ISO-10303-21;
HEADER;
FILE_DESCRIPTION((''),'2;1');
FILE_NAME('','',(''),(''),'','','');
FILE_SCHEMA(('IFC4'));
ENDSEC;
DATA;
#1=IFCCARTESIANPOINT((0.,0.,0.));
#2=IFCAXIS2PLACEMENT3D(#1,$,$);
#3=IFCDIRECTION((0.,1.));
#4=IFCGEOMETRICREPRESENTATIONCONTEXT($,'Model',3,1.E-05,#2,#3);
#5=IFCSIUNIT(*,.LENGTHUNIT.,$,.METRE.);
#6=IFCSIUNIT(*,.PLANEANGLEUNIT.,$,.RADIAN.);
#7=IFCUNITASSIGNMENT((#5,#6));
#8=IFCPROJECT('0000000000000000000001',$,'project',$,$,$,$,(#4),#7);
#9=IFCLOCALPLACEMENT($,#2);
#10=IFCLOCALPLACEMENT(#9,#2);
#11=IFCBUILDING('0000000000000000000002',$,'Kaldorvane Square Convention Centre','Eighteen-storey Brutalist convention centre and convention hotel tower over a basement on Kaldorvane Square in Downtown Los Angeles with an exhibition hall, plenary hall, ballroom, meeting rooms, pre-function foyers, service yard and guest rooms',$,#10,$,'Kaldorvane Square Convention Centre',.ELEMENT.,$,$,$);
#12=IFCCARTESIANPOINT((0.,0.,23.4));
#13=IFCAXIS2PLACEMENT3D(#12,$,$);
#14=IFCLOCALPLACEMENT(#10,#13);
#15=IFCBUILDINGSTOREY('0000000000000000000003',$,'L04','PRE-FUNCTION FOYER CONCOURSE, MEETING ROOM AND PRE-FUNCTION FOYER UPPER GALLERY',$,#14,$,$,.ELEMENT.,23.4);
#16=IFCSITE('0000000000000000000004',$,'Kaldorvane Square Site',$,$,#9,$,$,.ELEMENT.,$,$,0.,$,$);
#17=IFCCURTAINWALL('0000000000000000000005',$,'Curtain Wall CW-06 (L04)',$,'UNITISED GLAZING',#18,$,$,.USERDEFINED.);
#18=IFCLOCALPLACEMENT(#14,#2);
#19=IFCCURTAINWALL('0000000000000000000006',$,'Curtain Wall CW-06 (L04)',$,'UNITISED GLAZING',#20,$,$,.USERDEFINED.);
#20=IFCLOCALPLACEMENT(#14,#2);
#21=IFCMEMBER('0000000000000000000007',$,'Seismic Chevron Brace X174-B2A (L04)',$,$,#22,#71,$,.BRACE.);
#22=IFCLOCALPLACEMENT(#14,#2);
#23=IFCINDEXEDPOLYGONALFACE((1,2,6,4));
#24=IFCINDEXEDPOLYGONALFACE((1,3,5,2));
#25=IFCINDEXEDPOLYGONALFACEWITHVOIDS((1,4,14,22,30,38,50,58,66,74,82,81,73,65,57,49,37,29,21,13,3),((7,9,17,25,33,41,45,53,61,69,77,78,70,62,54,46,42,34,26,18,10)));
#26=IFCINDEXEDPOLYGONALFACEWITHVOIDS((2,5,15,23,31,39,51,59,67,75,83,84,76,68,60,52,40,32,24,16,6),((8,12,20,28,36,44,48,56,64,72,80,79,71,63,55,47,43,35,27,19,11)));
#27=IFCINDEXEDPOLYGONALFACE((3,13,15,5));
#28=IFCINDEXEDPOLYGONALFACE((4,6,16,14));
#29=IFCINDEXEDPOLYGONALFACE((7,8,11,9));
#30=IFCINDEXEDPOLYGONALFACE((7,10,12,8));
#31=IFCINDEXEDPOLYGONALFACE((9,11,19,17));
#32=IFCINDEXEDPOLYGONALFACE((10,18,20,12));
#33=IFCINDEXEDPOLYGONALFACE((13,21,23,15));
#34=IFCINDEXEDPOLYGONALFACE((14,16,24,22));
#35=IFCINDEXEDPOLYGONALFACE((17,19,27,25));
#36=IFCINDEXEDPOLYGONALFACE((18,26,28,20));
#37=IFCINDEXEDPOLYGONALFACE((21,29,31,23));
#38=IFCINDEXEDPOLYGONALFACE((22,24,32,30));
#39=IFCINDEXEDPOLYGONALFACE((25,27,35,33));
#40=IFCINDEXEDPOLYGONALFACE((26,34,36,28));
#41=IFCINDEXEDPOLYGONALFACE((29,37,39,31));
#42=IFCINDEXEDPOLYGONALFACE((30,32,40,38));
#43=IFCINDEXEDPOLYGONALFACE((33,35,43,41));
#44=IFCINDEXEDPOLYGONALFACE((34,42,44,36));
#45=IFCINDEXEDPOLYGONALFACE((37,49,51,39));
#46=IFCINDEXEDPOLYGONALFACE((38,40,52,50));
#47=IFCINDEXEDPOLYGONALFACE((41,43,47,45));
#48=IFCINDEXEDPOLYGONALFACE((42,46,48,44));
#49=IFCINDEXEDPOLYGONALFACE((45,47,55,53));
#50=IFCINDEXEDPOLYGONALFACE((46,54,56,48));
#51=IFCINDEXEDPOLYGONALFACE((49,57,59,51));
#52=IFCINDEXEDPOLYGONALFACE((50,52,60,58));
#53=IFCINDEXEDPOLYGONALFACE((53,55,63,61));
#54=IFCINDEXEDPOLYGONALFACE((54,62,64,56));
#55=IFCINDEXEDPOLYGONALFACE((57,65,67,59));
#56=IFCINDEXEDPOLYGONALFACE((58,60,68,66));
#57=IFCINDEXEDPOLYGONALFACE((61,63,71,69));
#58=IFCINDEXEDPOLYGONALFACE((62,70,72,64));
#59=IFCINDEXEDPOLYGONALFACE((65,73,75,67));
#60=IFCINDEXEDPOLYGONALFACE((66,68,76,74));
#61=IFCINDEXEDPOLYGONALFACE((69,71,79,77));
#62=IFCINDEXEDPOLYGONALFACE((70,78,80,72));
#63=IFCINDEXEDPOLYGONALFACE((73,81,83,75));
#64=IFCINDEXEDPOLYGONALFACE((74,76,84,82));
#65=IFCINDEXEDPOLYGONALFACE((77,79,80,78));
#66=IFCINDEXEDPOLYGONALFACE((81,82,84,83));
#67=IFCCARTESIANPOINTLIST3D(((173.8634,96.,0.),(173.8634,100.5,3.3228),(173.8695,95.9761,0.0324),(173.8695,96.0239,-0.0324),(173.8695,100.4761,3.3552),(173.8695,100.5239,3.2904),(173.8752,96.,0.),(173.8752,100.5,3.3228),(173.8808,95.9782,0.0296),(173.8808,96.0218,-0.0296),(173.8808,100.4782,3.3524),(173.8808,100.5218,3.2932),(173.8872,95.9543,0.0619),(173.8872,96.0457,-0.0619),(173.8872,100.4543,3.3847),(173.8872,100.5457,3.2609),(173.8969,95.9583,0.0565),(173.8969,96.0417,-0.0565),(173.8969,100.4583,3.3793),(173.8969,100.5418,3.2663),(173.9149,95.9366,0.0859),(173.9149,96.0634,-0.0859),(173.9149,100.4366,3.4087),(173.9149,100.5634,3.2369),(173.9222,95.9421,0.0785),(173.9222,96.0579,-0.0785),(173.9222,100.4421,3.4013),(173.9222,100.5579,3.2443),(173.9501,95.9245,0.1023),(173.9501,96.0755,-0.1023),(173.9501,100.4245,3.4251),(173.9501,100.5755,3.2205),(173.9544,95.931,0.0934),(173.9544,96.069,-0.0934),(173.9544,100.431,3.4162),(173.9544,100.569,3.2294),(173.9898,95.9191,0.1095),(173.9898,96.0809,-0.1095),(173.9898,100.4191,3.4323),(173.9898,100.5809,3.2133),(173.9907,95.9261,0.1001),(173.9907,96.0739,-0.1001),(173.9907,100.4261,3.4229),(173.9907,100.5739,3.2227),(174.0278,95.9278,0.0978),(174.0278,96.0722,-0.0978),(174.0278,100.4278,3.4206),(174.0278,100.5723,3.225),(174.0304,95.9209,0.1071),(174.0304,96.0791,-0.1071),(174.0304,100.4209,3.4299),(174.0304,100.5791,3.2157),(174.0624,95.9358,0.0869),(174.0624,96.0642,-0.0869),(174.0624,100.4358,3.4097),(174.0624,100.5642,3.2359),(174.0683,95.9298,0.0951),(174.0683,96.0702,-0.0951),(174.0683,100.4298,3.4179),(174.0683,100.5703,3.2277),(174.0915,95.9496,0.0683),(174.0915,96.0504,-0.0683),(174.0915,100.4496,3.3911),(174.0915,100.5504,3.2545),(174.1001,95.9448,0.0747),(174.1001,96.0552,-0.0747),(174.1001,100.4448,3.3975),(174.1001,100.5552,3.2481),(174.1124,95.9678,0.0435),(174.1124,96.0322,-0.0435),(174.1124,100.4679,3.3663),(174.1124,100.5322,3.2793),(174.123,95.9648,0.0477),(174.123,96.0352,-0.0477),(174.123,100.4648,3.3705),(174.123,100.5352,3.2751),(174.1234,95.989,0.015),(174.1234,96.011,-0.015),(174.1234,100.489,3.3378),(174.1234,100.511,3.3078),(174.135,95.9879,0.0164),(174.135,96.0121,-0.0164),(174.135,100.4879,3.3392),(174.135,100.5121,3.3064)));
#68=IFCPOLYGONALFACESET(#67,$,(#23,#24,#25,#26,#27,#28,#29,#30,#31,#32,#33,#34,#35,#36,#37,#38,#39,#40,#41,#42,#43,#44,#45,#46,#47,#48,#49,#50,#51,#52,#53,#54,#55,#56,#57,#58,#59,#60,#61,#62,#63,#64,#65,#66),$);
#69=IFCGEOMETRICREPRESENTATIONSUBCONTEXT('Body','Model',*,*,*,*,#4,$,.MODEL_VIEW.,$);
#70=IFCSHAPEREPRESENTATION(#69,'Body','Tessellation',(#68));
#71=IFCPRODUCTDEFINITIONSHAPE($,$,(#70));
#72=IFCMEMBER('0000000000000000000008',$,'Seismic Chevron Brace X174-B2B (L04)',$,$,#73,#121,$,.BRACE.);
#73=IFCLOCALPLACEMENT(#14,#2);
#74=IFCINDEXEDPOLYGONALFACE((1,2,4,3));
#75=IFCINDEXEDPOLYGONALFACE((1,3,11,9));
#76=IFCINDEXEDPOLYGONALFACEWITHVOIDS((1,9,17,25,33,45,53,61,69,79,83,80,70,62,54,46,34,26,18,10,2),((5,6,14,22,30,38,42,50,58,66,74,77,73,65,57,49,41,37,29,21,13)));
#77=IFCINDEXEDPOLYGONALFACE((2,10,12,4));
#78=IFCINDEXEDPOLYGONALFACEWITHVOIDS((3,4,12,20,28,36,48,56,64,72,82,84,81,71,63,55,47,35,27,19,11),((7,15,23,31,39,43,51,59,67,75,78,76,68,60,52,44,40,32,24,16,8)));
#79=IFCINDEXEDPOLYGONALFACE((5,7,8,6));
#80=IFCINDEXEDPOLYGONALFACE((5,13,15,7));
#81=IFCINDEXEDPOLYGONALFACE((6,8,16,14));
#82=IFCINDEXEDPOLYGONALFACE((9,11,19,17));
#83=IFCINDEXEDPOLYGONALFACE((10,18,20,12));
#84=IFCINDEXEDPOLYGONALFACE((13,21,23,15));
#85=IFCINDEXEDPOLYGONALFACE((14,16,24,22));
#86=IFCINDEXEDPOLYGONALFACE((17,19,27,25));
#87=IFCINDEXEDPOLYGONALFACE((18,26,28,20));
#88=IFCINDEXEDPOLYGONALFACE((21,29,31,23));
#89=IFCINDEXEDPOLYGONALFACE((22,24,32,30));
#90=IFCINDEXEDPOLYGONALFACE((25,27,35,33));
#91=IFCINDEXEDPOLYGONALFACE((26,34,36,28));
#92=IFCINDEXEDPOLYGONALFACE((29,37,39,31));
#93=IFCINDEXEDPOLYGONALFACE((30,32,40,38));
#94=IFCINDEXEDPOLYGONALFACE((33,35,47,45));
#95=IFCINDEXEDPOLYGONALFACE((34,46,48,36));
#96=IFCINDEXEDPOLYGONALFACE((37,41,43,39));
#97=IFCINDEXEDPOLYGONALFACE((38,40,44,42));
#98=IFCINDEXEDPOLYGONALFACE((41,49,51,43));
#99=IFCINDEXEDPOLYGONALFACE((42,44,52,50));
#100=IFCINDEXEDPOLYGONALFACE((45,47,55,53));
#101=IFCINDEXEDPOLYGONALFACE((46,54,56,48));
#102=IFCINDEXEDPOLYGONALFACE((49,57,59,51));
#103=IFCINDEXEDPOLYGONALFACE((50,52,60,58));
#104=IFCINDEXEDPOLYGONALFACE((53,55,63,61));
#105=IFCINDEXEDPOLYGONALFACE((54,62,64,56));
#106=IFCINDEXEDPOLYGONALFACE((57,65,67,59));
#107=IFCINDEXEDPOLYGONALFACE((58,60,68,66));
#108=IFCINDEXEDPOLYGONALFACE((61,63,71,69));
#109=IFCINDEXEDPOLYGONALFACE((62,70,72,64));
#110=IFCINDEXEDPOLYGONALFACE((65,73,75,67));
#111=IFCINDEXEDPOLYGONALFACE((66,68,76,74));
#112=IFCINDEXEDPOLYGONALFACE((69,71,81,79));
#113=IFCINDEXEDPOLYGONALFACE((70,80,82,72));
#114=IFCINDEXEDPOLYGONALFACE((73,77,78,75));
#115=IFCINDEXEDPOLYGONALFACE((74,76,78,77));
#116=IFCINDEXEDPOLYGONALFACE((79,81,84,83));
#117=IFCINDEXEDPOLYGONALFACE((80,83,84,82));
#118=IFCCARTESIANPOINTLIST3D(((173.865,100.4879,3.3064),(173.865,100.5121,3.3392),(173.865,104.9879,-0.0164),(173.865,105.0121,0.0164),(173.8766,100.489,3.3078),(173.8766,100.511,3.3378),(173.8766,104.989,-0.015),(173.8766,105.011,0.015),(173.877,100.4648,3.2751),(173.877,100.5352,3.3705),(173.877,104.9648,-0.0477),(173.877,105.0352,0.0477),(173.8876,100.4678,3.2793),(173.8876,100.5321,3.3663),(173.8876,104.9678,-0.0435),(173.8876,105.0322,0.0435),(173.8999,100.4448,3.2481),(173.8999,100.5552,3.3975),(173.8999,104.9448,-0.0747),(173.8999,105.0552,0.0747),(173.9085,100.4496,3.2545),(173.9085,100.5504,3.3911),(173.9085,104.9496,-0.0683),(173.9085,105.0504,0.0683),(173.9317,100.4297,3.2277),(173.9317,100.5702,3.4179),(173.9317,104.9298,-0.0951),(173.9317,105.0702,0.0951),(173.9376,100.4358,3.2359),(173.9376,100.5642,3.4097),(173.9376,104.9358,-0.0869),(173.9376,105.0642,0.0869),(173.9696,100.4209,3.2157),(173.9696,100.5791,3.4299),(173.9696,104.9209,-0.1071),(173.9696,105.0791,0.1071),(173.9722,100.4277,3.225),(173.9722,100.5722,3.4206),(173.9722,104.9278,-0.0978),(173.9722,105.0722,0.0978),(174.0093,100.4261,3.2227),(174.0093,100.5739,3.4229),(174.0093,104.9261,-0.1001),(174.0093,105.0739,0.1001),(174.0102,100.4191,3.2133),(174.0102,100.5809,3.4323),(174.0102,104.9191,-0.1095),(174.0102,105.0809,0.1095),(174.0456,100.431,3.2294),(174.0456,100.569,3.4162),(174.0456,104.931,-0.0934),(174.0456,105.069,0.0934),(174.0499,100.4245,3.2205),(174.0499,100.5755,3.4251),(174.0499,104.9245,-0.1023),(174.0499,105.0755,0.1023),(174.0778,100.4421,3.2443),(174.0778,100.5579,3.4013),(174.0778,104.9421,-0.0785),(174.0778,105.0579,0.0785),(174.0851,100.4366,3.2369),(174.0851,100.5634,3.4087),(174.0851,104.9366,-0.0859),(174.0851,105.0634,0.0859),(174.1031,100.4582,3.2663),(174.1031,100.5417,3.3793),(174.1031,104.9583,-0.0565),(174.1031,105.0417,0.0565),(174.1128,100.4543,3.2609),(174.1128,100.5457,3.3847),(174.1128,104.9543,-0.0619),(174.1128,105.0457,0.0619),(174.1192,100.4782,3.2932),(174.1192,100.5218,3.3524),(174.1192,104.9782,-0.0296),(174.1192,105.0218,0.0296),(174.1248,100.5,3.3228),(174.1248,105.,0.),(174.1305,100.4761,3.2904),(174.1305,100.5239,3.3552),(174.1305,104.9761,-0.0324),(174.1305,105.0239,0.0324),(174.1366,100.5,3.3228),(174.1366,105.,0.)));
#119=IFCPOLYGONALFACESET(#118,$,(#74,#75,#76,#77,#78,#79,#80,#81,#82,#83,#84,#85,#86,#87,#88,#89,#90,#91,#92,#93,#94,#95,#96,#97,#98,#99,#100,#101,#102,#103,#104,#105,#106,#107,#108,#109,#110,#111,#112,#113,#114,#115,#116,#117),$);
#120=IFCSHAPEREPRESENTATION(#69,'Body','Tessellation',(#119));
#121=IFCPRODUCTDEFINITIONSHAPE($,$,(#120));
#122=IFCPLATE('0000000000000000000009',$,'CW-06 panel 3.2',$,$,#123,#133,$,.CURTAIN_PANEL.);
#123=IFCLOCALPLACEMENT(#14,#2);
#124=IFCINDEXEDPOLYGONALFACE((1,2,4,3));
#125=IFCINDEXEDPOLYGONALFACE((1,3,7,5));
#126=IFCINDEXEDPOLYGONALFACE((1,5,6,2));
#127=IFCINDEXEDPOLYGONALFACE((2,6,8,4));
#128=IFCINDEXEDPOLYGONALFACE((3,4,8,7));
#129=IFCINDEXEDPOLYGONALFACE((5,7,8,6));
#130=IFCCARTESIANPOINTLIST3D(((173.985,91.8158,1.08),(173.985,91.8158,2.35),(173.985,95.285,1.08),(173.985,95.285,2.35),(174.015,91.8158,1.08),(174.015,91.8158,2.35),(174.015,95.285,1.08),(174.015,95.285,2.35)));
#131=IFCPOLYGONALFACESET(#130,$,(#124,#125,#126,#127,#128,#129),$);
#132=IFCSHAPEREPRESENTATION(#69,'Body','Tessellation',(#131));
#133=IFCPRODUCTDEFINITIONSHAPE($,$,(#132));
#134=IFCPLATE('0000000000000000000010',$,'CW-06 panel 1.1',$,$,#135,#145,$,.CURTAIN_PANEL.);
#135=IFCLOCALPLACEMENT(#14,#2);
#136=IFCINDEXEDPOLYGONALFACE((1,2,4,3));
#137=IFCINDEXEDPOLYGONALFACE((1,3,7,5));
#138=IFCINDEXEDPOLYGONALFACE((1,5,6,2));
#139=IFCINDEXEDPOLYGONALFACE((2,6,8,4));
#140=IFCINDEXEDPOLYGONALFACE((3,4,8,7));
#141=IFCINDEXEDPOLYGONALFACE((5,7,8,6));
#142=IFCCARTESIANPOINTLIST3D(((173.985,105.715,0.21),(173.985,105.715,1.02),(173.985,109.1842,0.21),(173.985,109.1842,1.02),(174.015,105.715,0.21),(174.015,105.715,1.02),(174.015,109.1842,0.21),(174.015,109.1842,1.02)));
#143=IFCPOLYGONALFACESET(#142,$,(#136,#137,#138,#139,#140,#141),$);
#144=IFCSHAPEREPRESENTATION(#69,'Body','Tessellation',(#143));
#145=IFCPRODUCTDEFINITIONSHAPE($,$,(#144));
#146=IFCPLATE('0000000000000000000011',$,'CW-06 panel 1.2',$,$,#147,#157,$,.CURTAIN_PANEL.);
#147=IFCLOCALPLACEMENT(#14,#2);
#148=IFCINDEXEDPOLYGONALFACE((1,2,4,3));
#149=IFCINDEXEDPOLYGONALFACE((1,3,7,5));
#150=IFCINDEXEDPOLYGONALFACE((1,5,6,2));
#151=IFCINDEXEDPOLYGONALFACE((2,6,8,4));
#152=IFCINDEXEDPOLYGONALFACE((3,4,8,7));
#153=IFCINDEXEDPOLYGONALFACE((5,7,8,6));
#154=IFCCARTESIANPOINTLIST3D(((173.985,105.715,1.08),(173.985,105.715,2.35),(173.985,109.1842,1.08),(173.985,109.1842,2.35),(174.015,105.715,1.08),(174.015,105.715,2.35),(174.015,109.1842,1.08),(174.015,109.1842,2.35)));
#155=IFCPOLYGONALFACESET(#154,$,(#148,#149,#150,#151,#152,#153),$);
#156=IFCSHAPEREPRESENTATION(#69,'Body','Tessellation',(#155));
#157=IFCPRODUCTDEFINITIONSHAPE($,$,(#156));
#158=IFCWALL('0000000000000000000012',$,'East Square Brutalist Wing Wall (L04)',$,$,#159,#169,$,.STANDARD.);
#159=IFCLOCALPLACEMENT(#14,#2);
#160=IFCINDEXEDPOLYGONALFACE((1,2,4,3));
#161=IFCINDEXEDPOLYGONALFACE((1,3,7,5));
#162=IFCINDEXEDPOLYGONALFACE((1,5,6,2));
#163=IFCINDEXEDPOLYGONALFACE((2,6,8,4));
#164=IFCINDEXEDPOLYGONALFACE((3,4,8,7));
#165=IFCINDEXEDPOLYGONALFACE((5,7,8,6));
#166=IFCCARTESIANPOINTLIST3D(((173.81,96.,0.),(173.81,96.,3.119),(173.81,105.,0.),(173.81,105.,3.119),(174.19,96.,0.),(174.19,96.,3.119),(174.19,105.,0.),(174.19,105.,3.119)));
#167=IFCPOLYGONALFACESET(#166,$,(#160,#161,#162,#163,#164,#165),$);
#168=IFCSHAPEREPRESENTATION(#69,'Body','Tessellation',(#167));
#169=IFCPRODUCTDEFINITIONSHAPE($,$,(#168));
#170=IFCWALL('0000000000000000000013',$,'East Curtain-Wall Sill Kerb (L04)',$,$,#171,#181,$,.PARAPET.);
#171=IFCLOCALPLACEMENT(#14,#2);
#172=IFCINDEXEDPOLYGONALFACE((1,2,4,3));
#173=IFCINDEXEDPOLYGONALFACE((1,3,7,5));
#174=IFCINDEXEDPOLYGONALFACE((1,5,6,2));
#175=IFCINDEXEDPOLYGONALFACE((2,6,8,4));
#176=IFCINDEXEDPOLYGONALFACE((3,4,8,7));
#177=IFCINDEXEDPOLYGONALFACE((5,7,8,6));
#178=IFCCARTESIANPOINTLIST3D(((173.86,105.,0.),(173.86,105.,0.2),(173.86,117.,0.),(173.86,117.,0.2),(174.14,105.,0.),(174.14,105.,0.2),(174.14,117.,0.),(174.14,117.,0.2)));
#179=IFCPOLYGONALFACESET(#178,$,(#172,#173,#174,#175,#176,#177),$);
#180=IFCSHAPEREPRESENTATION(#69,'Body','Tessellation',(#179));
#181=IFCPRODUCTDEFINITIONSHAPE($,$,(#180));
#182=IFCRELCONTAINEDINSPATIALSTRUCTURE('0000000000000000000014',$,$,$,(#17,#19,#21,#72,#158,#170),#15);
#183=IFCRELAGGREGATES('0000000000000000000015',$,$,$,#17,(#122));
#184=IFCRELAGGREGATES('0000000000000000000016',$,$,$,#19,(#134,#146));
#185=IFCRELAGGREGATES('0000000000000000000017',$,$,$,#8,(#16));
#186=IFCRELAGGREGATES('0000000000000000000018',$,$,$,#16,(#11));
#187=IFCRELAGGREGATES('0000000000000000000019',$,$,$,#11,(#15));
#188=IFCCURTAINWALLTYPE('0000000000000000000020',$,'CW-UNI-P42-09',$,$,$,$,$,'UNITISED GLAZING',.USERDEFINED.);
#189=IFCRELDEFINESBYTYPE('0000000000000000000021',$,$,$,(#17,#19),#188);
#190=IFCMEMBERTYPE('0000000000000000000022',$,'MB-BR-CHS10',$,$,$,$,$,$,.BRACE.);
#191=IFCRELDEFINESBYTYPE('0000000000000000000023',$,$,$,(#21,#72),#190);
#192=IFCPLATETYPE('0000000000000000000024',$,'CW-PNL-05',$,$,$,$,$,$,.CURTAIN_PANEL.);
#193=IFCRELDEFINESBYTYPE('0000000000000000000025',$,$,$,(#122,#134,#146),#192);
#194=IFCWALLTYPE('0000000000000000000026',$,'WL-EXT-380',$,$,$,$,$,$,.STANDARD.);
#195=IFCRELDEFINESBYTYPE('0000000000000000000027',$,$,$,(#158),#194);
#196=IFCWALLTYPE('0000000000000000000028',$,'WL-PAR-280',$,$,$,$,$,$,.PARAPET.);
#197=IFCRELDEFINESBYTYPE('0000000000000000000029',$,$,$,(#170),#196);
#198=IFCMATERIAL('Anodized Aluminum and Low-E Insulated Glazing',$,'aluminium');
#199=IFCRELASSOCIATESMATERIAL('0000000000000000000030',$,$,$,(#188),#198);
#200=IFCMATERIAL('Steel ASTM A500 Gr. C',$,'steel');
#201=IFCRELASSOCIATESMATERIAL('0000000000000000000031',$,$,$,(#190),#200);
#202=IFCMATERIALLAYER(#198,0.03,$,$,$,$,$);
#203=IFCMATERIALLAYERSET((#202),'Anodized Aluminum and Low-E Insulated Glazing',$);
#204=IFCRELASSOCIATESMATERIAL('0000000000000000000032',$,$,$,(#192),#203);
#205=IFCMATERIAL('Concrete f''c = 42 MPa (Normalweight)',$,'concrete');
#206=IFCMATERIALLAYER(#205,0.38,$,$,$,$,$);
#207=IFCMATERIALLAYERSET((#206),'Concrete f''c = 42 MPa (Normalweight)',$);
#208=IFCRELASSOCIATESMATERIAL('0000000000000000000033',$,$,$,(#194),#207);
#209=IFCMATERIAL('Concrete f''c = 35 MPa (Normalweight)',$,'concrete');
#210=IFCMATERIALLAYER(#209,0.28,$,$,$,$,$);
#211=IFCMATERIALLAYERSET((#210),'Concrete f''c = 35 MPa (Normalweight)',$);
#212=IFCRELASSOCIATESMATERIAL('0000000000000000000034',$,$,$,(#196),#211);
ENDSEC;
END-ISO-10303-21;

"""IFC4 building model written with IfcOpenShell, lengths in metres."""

from ifc_helpers import new_model, si_unit, direction, frame, frame_2d, origin, origin_2d, place, context, subcontext, project, spatial, rectangle, hollow_circle, extrude, material, layer, layer_set, material_profile, profile_set, type_object, element, aggregate, save


model = new_model("IFC4")

# Units and contexts
model_context = context("Model", 3, precision=1e-05, world=origin(), true_north=direction((0.0, 1.0)))
body_context = subcontext(model_context, "Body", "Model", "MODEL_VIEW")
ifc_project = project(units=[si_unit("LENGTHUNIT", "METRE"), si_unit("PLANEANGLEUNIT", "RADIAN")], contexts=[model_context])

# Site, building, storey
site_placement = place(None, origin())
site = spatial("IfcSite", under=ifc_project, at=site_placement, Name="Kaldorvane Square Site", CompositionType="ELEMENT", RefElevation=0.0)
building_placement = place(site_placement, origin())
building = spatial("IfcBuilding", under=site, at=building_placement, Name="Kaldorvane Square Convention Centre", Description="Eighteen-storey Brutalist convention centre and convention hotel tower over a basement on Kaldorvane Square in Downtown Los Angeles with an exhibition hall, plenary hall, ballroom, meeting rooms, pre-function foyers, service yard and guest rooms", LongName="Kaldorvane Square Convention Centre", CompositionType="ELEMENT")
storey_placement = place(building_placement, frame((0.0, 0.0, 23.4)))
storey = spatial("IfcBuildingStorey", under=building, at=storey_placement, Name="L04", Description="PRE-FUNCTION FOYER CONCOURSE, MEETING ROOM AND PRE-FUNCTION FOYER UPPER GALLERY", CompositionType="ELEMENT", Elevation=23.4)

# Shared definitions
ifc_material_1 = material(Name="Concrete f'c = 42 MPa (Normalweight)", Category="concrete")

# Shared definitions
ifc_material_2 = material(Name="Steel ASTM A500 Gr. C", Category="steel")

# Curtain wall
ifc_material_3 = material(Name="Anodized Aluminum and Low-E Insulated Glazing", Category="aluminium")
curtain_wall_type = type_object("IfcCurtainWallType", Name="CW-UNI-P42-09", ElementType="UNITISED GLAZING", PredefinedType="USERDEFINED", material=ifc_material_3)
curtain_wall_1_placement = place(storey_placement, origin())
curtain_wall_1 = element("IfcCurtainWall", 1, at=curtain_wall_1_placement, inside=storey, type_object=curtain_wall_type, Name="Curtain Wall CW-06 (L04)", ObjectType="UNITISED GLAZING", PredefinedType="USERDEFINED")

# Curtain wall
curtain_wall_2_placement = place(storey_placement, origin())
curtain_wall_2 = element("IfcCurtainWall", 2, at=curtain_wall_2_placement, inside=storey, type_object=curtain_wall_type, Name="Curtain Wall CW-06 (L04)", ObjectType="UNITISED GLAZING", PredefinedType="USERDEFINED")

# Members
ifc_material_profile_1 = material_profile(ifc_material_2, hollow_circle(Radius=0.1366, WallThickness=0.0118, at=origin_2d()), Name="HSS10.750X0.500")
ifc_profile_set_1 = profile_set([ifc_material_profile_1], Name="Steel ASTM A500 Gr. C")
member_type_1 = type_object("IfcMemberType", Name="MB-BR-CHS10", PredefinedType="BRACE", material=ifc_profile_set_1)
for number, where, z_axis, x_axis, name in (
    (3, (174.0, 96.0, 0.0), (0.0, 0.804457, 0.594011), (-1.0, 0.0, 0.0), "Seismic Chevron Brace X174-B2A (L04)"),
    (4, (174.0, 105.0, 0.0), (0.0, -0.804457, 0.594011), (1.0, 0.0, 0.0), "Seismic Chevron Brace X174-B2B (L04)"),
):
    element("IfcMember", number, at=place(storey_placement, frame(where, z_axis=z_axis, x_axis=x_axis)), inside=storey, type_object=member_type_1, Name=name, PredefinedType="BRACE", context=body_context, shape_type="SweptSolid", body=[
        extrude(hollow_circle(Radius=0.1366, WallThickness=0.0118, at=origin_2d()), origin(), (0.0, 0.0, 1.0), 5.5938),
    ])

# Plates
ifc_layer_1 = layer(ifc_material_3, 0.03)
ifc_layer_set_1 = layer_set([ifc_layer_1], Name="Anodized Aluminum and Low-E Insulated Glazing")
plate_type = type_object("IfcPlateType", Name="CW-PNL-05", PredefinedType="CURTAIN_PANEL", material=ifc_layer_set_1)
plate_1_placement = place(storey_placement, frame((174.0, 93.5504, 1.08), z_axis=(0.0, 0.0, 1.0), x_axis=(0.0, 1.0, 0.0)))
plate_1 = element("IfcPlate", 5, at=plate_1_placement, type_object=plate_type, Name="CW-06 panel 3.2", PredefinedType="CURTAIN_PANEL", context=body_context, shape_type="SweptSolid", body=[
    extrude(rectangle(XDim=3.4692, YDim=0.03, at=origin_2d()), origin(), (0.0, 0.0, 1.0), 1.27),
])
aggregate(curtain_wall_1, [plate_1])
plate_2_placement = place(storey_placement, frame((174.0, 107.4496, 0.21), z_axis=(0.0, 0.0, 1.0), x_axis=(0.0, 1.0, 0.0)))
plate_2 = element("IfcPlate", 6, at=plate_2_placement, type_object=plate_type, Name="CW-06 panel 1.1", PredefinedType="CURTAIN_PANEL", context=body_context, shape_type="SweptSolid", body=[
    extrude(rectangle(XDim=3.4692, YDim=0.03, at=origin_2d()), origin(), (0.0, 0.0, 1.0), 0.81),
])
plate_3_placement = place(storey_placement, frame((174.0, 107.4496, 1.08), z_axis=(0.0, 0.0, 1.0), x_axis=(0.0, 1.0, 0.0)))
plate_3 = element("IfcPlate", 7, at=plate_3_placement, type_object=plate_type, Name="CW-06 panel 1.2", PredefinedType="CURTAIN_PANEL", context=body_context, shape_type="SweptSolid", body=[
    extrude(rectangle(XDim=3.4692, YDim=0.03, at=origin_2d()), origin(), (0.0, 0.0, 1.0), 1.27),
])
aggregate(curtain_wall_2, [plate_2, plate_3])

# Walls
ifc_layer_2 = layer(ifc_material_1, 0.38)
ifc_layer_set_2 = layer_set([ifc_layer_2], Name="Concrete f'c = 42 MPa (Normalweight)")
wall_type_1 = type_object("IfcWallType", Name="WL-EXT-380", PredefinedType="STANDARD", material=ifc_layer_set_2)
wall_1_placement = place(storey_placement, frame((174.0, 96.0, 0.0), z_axis=(0.0, 0.0, 1.0), x_axis=(0.0, 1.0, 0.0)))
element("IfcWall", 8, at=wall_1_placement, inside=storey, type_object=wall_type_1, Name="East Square Brutalist Wing Wall (L04)", PredefinedType="STANDARD", context=body_context, shape_type="SweptSolid", body=[
    extrude(rectangle(XDim=9.0, YDim=0.38, at=frame_2d((4.5, 0.0))), origin(), (0.0, 0.0, 1.0), 3.119),
])
ifc_material_4 = material(Name="Concrete f'c = 35 MPa (Normalweight)", Category="concrete")
ifc_layer_3 = layer(ifc_material_4, 0.28)
ifc_layer_set_3 = layer_set([ifc_layer_3], Name="Concrete f'c = 35 MPa (Normalweight)")
wall_type_2 = type_object("IfcWallType", Name="WL-PAR-280", PredefinedType="PARAPET", material=ifc_layer_set_3)
wall_2_placement = place(storey_placement, frame((174.0, 105.0, 0.0), z_axis=(0.0, 0.0, 1.0), x_axis=(0.0, 1.0, 0.0)))
element("IfcWall", 9, at=wall_2_placement, inside=storey, type_object=wall_type_2, Name="East Curtain-Wall Sill Kerb (L04)", PredefinedType="PARAPET", context=body_context, shape_type="SweptSolid", body=[
    extrude(rectangle(XDim=12.0, YDim=0.28, at=frame_2d((6.0, 0.0))), origin(), (0.0, 0.0, 1.0), 0.2),
])

save(model, "model.ifc")
